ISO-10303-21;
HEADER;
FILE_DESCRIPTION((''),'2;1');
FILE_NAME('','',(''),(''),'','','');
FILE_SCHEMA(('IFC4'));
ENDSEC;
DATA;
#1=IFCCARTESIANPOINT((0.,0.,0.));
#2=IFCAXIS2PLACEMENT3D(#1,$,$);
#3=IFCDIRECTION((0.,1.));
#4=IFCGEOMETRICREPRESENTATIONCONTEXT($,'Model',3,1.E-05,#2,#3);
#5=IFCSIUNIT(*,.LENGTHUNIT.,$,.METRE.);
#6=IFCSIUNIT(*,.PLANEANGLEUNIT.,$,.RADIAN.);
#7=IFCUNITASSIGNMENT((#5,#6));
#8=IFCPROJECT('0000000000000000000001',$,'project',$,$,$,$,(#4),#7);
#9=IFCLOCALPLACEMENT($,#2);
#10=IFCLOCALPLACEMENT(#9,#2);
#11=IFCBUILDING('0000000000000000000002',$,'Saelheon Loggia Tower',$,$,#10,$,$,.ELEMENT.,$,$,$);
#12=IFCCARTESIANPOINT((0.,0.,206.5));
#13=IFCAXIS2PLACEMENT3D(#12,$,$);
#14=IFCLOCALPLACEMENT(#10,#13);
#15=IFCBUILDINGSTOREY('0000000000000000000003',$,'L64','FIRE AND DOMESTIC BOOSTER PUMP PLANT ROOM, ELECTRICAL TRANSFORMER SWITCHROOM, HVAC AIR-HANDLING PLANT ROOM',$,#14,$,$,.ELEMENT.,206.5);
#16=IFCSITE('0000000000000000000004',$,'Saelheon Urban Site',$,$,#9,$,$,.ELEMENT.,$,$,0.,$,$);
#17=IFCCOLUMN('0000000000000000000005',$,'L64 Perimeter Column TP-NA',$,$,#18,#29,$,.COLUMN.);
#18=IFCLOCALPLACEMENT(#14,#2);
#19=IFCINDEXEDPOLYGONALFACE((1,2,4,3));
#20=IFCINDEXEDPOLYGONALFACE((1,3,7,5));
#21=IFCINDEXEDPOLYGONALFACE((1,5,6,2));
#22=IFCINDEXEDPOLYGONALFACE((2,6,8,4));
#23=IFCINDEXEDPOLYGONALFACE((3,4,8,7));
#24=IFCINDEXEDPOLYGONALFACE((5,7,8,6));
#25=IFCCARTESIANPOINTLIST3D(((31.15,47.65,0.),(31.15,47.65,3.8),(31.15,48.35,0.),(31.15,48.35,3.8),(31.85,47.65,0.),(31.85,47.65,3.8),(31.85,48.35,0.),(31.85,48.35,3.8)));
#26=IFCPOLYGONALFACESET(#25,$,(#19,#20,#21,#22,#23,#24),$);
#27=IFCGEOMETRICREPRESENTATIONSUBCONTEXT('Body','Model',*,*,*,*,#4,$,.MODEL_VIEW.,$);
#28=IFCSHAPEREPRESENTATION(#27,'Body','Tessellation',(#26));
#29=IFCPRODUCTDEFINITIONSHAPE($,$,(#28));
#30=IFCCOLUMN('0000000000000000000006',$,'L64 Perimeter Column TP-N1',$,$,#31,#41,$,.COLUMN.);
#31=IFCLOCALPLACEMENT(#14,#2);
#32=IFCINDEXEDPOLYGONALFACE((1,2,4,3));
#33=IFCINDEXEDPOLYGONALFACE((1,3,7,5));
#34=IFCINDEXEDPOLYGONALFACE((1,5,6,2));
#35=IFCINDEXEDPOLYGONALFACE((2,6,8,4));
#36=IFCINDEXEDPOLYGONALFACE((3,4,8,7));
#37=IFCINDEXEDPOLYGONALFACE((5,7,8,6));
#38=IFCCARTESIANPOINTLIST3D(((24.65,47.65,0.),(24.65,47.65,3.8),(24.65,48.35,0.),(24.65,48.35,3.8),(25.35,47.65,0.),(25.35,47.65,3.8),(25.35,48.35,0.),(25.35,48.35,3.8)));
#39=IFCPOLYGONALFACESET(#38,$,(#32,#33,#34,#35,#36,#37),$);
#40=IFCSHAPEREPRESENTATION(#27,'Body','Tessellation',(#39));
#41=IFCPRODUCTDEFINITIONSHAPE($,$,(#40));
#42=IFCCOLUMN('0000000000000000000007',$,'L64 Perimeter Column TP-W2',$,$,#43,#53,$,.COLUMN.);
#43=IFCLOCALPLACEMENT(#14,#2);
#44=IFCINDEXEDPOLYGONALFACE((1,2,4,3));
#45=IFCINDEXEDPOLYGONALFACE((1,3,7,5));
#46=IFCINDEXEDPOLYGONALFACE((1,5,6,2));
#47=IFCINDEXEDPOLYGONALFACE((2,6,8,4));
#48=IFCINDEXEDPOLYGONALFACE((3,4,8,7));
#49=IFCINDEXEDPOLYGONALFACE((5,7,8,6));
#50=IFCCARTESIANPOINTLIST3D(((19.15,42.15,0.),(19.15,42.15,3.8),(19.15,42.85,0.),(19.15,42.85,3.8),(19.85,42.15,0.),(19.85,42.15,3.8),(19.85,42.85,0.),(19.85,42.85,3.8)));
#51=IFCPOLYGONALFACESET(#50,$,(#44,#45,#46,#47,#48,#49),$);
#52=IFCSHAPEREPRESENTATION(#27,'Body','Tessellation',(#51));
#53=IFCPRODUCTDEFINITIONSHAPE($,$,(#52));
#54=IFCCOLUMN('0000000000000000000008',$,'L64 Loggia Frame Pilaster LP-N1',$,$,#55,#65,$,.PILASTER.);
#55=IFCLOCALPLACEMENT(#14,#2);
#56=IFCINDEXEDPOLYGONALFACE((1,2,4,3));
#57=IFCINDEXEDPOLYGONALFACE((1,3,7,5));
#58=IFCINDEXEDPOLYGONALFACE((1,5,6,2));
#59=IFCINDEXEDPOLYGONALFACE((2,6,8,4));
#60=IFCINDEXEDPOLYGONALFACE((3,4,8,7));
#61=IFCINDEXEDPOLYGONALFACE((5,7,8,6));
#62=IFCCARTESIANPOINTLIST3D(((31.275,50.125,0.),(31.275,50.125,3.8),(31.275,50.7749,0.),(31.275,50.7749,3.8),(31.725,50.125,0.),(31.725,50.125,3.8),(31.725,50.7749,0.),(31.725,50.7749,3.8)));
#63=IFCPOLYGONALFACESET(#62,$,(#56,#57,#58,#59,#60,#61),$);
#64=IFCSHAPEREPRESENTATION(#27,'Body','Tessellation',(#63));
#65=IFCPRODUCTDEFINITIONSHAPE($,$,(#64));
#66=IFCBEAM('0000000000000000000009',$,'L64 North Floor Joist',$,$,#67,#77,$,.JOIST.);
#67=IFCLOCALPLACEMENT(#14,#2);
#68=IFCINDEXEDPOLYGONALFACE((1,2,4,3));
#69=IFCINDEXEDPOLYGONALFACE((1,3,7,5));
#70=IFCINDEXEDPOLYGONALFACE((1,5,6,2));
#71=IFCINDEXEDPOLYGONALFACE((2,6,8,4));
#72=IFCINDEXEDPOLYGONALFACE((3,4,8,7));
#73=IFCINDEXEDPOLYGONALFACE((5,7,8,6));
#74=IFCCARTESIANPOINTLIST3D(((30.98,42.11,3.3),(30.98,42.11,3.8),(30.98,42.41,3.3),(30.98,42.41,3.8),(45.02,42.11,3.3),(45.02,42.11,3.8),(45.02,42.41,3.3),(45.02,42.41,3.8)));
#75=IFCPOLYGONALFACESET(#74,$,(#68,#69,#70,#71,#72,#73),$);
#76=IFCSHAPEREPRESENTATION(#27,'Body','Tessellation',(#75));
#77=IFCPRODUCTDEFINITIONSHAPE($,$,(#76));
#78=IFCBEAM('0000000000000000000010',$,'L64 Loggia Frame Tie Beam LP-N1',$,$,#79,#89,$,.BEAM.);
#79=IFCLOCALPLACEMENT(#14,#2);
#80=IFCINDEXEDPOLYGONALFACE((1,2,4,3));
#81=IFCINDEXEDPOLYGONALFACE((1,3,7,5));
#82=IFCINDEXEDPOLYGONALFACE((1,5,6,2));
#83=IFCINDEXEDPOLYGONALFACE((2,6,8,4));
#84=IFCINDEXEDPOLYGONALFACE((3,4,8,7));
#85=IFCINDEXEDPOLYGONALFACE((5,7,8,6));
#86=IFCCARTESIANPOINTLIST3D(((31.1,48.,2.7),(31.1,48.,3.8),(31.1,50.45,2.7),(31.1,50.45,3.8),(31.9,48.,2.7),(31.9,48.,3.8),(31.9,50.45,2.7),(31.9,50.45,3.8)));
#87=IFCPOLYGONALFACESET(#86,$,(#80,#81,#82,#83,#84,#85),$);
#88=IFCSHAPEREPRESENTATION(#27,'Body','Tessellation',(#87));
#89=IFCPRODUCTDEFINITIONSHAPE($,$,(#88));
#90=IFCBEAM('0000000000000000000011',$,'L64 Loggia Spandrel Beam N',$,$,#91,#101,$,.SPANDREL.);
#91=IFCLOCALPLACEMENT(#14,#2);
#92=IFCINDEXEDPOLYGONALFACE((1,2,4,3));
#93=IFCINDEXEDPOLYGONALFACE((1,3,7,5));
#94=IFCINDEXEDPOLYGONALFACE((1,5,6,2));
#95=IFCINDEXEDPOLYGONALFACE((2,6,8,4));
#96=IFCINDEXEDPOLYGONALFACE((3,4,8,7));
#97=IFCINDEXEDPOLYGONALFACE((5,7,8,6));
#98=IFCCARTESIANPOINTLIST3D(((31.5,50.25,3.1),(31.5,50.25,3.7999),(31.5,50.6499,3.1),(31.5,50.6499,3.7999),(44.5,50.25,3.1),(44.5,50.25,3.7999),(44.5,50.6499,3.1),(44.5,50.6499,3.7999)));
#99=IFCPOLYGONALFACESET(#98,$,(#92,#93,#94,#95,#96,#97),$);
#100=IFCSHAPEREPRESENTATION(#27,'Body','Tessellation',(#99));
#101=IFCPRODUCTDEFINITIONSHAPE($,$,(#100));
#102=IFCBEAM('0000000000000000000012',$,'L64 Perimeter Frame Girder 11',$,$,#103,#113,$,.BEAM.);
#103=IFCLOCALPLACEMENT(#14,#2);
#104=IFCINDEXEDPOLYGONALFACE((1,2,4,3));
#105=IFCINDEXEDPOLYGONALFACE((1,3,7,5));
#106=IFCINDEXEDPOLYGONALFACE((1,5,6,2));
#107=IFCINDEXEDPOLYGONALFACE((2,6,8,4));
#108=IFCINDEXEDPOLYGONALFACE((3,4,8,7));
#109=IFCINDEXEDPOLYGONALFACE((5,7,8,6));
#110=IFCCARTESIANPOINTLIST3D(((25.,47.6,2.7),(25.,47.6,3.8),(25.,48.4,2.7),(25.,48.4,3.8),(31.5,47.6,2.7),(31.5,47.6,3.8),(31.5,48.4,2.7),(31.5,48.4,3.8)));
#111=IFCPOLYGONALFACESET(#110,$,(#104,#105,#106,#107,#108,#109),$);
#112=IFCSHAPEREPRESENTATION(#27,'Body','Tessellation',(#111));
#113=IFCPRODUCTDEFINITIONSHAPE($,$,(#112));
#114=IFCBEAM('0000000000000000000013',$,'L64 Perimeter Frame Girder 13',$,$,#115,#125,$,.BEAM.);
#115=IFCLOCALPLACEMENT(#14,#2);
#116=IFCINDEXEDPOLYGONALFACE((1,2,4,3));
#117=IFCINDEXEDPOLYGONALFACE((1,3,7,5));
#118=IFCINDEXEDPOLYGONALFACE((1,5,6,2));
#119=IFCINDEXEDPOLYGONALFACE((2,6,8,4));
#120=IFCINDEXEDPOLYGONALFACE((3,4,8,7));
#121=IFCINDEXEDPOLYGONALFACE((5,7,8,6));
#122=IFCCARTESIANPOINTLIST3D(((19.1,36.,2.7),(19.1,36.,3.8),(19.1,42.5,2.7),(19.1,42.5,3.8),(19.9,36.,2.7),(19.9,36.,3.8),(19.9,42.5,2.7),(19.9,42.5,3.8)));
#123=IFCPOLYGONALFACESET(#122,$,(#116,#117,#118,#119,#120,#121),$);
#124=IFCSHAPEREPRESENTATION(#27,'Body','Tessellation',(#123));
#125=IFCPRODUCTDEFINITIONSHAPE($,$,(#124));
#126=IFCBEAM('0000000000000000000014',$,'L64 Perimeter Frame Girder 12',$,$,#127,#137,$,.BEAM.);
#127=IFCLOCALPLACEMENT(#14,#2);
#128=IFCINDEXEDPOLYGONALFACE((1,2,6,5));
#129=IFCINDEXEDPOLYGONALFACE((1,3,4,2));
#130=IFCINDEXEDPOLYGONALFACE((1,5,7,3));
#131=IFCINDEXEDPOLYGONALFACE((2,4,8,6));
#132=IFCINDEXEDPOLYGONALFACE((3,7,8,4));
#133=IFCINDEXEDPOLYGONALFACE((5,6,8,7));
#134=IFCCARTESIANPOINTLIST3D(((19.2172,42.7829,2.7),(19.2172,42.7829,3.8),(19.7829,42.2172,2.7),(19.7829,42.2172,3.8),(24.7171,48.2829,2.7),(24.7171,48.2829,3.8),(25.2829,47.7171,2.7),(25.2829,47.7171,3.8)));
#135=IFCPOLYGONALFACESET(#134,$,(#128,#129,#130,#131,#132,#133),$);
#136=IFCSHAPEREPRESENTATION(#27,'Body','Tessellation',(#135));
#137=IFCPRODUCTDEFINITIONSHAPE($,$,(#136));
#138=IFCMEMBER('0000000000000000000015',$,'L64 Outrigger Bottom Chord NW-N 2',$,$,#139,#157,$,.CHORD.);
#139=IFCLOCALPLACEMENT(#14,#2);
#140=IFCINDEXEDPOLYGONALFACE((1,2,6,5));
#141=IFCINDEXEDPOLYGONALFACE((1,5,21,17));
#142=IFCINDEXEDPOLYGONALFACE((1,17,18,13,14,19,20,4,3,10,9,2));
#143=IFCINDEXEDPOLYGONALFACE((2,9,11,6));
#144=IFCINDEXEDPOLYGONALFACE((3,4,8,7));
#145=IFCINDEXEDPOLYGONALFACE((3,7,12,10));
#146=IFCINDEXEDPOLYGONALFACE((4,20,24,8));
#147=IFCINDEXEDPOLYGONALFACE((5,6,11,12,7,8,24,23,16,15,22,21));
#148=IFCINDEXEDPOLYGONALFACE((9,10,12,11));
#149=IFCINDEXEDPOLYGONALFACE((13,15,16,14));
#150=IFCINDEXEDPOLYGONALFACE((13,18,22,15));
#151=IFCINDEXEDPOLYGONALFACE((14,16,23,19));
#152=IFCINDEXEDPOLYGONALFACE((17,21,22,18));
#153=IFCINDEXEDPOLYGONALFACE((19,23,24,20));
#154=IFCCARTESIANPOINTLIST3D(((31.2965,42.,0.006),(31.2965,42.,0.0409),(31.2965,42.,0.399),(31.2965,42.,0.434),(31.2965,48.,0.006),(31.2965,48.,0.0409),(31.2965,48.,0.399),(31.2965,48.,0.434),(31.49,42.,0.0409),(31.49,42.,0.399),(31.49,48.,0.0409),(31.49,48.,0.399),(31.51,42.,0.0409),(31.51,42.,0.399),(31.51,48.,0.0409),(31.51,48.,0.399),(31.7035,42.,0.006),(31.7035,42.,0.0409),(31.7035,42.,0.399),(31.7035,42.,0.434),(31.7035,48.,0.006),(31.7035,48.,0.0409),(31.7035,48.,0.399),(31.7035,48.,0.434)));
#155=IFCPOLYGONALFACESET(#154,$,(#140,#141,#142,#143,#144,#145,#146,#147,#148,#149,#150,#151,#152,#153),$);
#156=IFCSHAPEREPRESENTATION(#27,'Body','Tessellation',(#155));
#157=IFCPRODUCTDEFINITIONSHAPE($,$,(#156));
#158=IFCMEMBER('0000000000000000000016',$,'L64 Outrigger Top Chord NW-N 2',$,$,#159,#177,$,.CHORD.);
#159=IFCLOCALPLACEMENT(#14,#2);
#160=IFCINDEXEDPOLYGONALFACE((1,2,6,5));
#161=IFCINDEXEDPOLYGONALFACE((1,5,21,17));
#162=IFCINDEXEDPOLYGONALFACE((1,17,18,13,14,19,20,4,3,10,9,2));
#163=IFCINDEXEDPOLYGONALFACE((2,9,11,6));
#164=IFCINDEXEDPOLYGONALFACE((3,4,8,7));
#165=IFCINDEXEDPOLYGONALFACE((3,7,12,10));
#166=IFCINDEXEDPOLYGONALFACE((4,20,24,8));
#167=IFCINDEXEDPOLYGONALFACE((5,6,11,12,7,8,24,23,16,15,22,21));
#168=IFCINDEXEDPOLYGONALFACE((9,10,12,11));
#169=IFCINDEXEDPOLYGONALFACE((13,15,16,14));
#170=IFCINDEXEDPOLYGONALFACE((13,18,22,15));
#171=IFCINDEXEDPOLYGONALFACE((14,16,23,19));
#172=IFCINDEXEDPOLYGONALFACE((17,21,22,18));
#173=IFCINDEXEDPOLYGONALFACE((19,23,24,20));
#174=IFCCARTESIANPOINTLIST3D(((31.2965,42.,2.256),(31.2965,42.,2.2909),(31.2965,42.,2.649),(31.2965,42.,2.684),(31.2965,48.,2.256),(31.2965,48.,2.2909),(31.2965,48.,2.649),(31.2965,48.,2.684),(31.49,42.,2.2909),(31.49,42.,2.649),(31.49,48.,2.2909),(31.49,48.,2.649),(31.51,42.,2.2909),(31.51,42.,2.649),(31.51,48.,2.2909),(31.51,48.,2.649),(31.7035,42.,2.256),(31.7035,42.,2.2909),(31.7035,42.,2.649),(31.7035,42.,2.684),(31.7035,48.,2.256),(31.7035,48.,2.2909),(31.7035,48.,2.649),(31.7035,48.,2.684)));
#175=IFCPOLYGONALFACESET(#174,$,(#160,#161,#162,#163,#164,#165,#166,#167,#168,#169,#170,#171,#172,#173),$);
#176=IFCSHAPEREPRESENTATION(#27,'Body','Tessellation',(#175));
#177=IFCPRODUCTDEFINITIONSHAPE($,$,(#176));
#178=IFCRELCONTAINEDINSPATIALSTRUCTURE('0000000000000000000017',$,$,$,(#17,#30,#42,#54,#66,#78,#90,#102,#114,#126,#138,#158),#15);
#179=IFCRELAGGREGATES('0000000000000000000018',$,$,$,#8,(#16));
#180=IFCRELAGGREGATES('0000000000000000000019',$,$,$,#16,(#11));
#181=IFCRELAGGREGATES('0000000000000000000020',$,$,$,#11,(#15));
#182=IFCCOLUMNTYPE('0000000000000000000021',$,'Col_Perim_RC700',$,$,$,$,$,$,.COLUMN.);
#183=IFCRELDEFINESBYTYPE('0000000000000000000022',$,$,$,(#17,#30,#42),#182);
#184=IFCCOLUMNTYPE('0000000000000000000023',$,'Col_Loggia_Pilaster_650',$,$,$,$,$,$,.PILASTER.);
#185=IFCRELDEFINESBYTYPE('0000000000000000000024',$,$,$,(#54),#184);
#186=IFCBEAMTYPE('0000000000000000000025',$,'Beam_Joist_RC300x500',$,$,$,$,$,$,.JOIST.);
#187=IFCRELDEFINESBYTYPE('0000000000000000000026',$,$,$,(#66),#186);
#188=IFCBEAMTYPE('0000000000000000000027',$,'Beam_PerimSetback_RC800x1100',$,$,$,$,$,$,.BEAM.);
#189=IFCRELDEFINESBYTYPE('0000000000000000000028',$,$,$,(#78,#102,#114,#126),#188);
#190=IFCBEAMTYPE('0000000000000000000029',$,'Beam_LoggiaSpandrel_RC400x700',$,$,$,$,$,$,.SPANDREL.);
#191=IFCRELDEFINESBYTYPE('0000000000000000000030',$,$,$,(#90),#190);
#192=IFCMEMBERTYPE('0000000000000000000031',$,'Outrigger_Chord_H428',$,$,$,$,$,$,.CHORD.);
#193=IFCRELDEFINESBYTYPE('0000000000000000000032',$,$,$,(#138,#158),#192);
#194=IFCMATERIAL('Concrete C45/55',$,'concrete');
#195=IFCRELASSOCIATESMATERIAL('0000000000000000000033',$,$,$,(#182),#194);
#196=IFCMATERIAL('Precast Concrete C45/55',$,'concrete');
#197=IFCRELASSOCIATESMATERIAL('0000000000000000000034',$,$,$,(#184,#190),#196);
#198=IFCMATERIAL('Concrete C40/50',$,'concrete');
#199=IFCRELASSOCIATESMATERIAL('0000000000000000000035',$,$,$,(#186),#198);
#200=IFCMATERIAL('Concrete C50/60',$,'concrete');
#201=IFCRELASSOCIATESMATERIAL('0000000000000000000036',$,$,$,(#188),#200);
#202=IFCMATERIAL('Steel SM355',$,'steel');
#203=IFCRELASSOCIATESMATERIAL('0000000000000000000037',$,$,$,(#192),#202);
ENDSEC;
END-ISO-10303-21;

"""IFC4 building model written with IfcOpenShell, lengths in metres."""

from ifc_helpers import new_model, si_unit, direction, frame, origin, origin_2d, place, context, subcontext, project, spatial, rectangle, i_section, extrude, source, transform, mapped, material, material_profile, profile_set, type_object, element, save


model = new_model("IFC4")

# Units and contexts
model_context = context("Model", 3, precision=1e-05, world=origin(), true_north=direction((0.0, 1.0)))
body_context = subcontext(model_context, "Body", "Model", "MODEL_VIEW")
ifc_project = project(units=[si_unit("LENGTHUNIT", "METRE"), si_unit("PLANEANGLEUNIT", "RADIAN")], contexts=[model_context])

# Site, building, storey
site_placement = place(None, origin())
site = spatial("IfcSite", under=ifc_project, at=site_placement, Name="Saelheon Urban Site", CompositionType="ELEMENT", RefElevation=0.0)
building_placement = place(site_placement, origin())
building = spatial("IfcBuilding", under=site, at=building_placement, Name="Saelheon Loggia Tower", CompositionType="ELEMENT")
storey_placement = place(building_placement, frame((0.0, 0.0, 206.5)))
storey = spatial("IfcBuildingStorey", under=building, at=storey_placement, Name="L64", Description="FIRE AND DOMESTIC BOOSTER PUMP PLANT ROOM, ELECTRICAL TRANSFORMER SWITCHROOM, HVAC AIR-HANDLING PLANT ROOM", CompositionType="ELEMENT", Elevation=206.5)

# Columns
ifc_material_1 = material(Name="Concrete C45/55", Category="concrete")
ifc_material_profile_1 = material_profile(ifc_material_1, rectangle(XDim=0.7, YDim=0.7, at=origin_2d()), Name="RC-700x700")
ifc_profile_set_1 = profile_set([ifc_material_profile_1], Name="Concrete C45/55")
column_type_1 = type_object("IfcColumnType", Name="Col_Perim_RC700", PredefinedType="COLUMN", material=ifc_profile_set_1)
shared_shape_1 = source(origin(), body_context, "Body", "SweptSolid", [
    extrude(rectangle(XDim=0.7, YDim=0.7, at=origin_2d()), origin(), (0.0, 0.0, 1.0), 3.8),
])
for number, where, z_axis, x_axis, name in (
    (1, (31.5, 48.0, 0.0), (0.0, 0.0, 1.0), (1.0, 0.0, 0.0), "L64 Perimeter Column TP-NA"),
    (2, (25.0, 48.0, 0.0), (0.0, 0.0, 1.0), (1.0, 0.0, 0.0), "L64 Perimeter Column TP-N1"),
    (3, (19.5, 42.5, 0.0), (0.0, 0.0, 1.0), (1.0, 0.0, 0.0), "L64 Perimeter Column TP-W2"),
):
    element("IfcColumn", number, at=place(storey_placement, frame(where, z_axis=z_axis, x_axis=x_axis)), inside=storey, type_object=column_type_1, Name=name, PredefinedType="COLUMN", context=body_context, shape_type="MappedRepresentation", body=[
        mapped(shared_shape_1, transform((0.0, 0.0, 0.0), scale=1.0)),
    ])
ifc_material_2 = material(Name="Precast Concrete C45/55", Category="concrete")
ifc_material_profile_2 = material_profile(ifc_material_2, rectangle(XDim=0.45, YDim=0.6499, at=origin_2d()), Name="RC-450x650")
ifc_profile_set_2 = profile_set([ifc_material_profile_2], Name="Precast Concrete C45/55")
column_type_2 = type_object("IfcColumnType", Name="Col_Loggia_Pilaster_650", PredefinedType="PILASTER", material=ifc_profile_set_2)
shared_shape_2 = source(origin(), body_context, "Body", "SweptSolid", [
    extrude(rectangle(XDim=0.45, YDim=0.6499, at=origin_2d()), origin(), (0.0, 0.0, 1.0), 3.8),
])
column_placement = place(storey_placement, frame((31.5, 50.45, 0.0), z_axis=(0.0, 0.0, 1.0), x_axis=(1.0, 0.0, 0.0)))
element("IfcColumn", 4, at=column_placement, inside=storey, type_object=column_type_2, Name="L64 Loggia Frame Pilaster LP-N1", PredefinedType="PILASTER", context=body_context, shape_type="MappedRepresentation", body=[
    mapped(shared_shape_2, transform((0.0, 0.0, 0.0), scale=1.0)),
])

# Beams
ifc_material_3 = material(Name="Concrete C40/50", Category="concrete")
ifc_material_profile_3 = material_profile(ifc_material_3, rectangle(XDim=0.3, YDim=0.5, at=origin_2d()), Name="RC-300x500")
ifc_profile_set_3 = profile_set([ifc_material_profile_3], Name="Concrete C40/50")
beam_type_1 = type_object("IfcBeamType", Name="Beam_Joist_RC300x500", PredefinedType="JOIST", material=ifc_profile_set_3)
shared_shape_3 = source(origin(), body_context, "Body", "SweptSolid", [
    extrude(rectangle(XDim=0.3, YDim=0.5, at=origin_2d()), origin(), (0.0, 0.0, 1.0), 14.04),
])
beam_1_placement = place(storey_placement, frame((30.98, 42.26, 3.55), z_axis=(1.0, 0.0, 0.0), x_axis=(0.0, 1.0, 0.0)))
element("IfcBeam", 5, at=beam_1_placement, inside=storey, type_object=beam_type_1, Name="L64 North Floor Joist", PredefinedType="JOIST", context=body_context, shape_type="MappedRepresentation", body=[
    mapped(shared_shape_3, transform((0.0, 0.0, 0.0), scale=1.0)),
])
ifc_material_4 = material(Name="Concrete C50/60", Category="concrete")
ifc_material_profile_4 = material_profile(ifc_material_4, rectangle(XDim=0.8, YDim=1.1001, at=origin_2d()), Name="RC-800x1100")
ifc_profile_set_4 = profile_set([ifc_material_profile_4], Name="Concrete C50/60")
beam_type_2 = type_object("IfcBeamType", Name="Beam_PerimSetback_RC800x1100", PredefinedType="BEAM", material=ifc_profile_set_4)
shared_shape_4 = source(origin(), body_context, "Body", "SweptSolid", [
    extrude(rectangle(XDim=0.8, YDim=1.1001, at=origin_2d()), origin(), (0.0, 0.0, 1.0), 2.45),
])
beam_2_placement = place(storey_placement, frame((31.5, 48.0, 3.25), z_axis=(0.0, 1.0, 0.0), x_axis=(-1.0, 0.0, 0.0)))
element("IfcBeam", 6, at=beam_2_placement, inside=storey, type_object=beam_type_2, Name="L64 Loggia Frame Tie Beam LP-N1", PredefinedType="BEAM", context=body_context, shape_type="MappedRepresentation", body=[
    mapped(shared_shape_4, transform((0.0, 0.0, 0.0), scale=1.0)),
])
ifc_material_profile_5 = material_profile(ifc_material_2, rectangle(XDim=0.3999, YDim=0.7, at=origin_2d()), Name="RC-400x700")
ifc_profile_set_5 = profile_set([ifc_material_profile_5], Name="Precast Concrete C45/55")
beam_type_3 = type_object("IfcBeamType", Name="Beam_LoggiaSpandrel_RC400x700", PredefinedType="SPANDREL", material=ifc_profile_set_5)
shared_shape_5 = source(origin(), body_context, "Body", "SweptSolid", [
    extrude(rectangle(XDim=0.3999, YDim=0.7, at=origin_2d()), origin(), (0.0, 0.0, 1.0), 13.0),
])
beam_3_placement = place(storey_placement, frame((31.5, 50.45, 3.45), z_axis=(1.0, 0.0, 0.0), x_axis=(0.0, 1.0, 0.0)))
element("IfcBeam", 7, at=beam_3_placement, inside=storey, type_object=beam_type_3, Name="L64 Loggia Spandrel Beam N", PredefinedType="SPANDREL", context=body_context, shape_type="MappedRepresentation", body=[
    mapped(shared_shape_5, transform((0.0, 0.0, 0.0), scale=1.0)),
])
shared_shape_6 = source(origin(), body_context, "Body", "SweptSolid", [
    extrude(rectangle(XDim=0.8, YDim=1.1001, at=origin_2d()), origin(), (0.0, 0.0, 1.0), 6.5),
])
for number, where, z_axis, x_axis, name in (
    (8, (31.5, 48.0, 3.25), (-1.0, 0.0, 0.0), (0.0, -1.0, 0.0), "L64 Perimeter Frame Girder 11"),
    (9, (19.5, 42.5, 3.25), (0.0, -1.0, 0.0), (1.0, 0.0, 0.0), "L64 Perimeter Frame Girder 13"),
):
    element("IfcBeam", number, at=place(storey_placement, frame(where, z_axis=z_axis, x_axis=x_axis)), inside=storey, type_object=beam_type_2, Name=name, PredefinedType="BEAM", context=body_context, shape_type="MappedRepresentation", body=[
        mapped(shared_shape_6, transform((0.0, 0.0, 0.0), scale=1.0)),
    ])
shared_shape_7 = source(origin(), body_context, "Body", "SweptSolid", [
    extrude(rectangle(XDim=0.8, YDim=1.1001, at=origin_2d()), origin(), (0.0, 0.0, 1.0), 7.7781),
])
beam_4_placement = place(storey_placement, frame((25.0, 48.0, 3.25), z_axis=(-0.707107, -0.707107, 0.0), x_axis=(0.707107, -0.707107, 0.0)))
element("IfcBeam", 10, at=beam_4_placement, inside=storey, type_object=beam_type_2, Name="L64 Perimeter Frame Girder 12", PredefinedType="BEAM", context=body_context, shape_type="MappedRepresentation", body=[
    mapped(shared_shape_7, transform((0.0, 0.0, 0.0), scale=1.0)),
])

# Members
ifc_material_5 = material(Name="Steel SM355", Category="steel")
ifc_material_profile_6 = material_profile(ifc_material_5, i_section(OverallWidth=0.407, OverallDepth=0.428, WebThickness=0.02, FlangeThickness=0.0349, at=origin_2d()), Name="H-428x407x20x35")
ifc_profile_set_6 = profile_set([ifc_material_profile_6], Name="Steel SM355")
member_type_1 = type_object("IfcMemberType", Name="Outrigger_Chord_H428", PredefinedType="CHORD", material=ifc_profile_set_6)
shared_shape_8 = source(origin(), body_context, "Body", "SweptSolid", [
    extrude(i_section(OverallWidth=0.407, OverallDepth=0.428, WebThickness=0.02, FlangeThickness=0.0349, at=origin_2d()), origin(), (0.0, 0.0, 1.0), 6.0),
])
for number, where, z_axis, x_axis, name in (
    (11, (31.5, 42.0, 0.22), (0.0, 1.0, 0.0), (-1.0, 0.0, 0.0), "L64 Outrigger Bottom Chord NW-N 2"),
    (12, (31.5, 42.0, 2.47), (0.0, 1.0, 0.0), (-1.0, 0.0, 0.0), "L64 Outrigger Top Chord NW-N 2"),
):
    element("IfcMember", number, at=place(storey_placement, frame(where, z_axis=z_axis, x_axis=x_axis)), inside=storey, type_object=member_type_1, Name=name, PredefinedType="CHORD", context=body_context, shape_type="MappedRepresentation", body=[
        mapped(shared_shape_8, transform((0.0, 0.0, 0.0), scale=1.0)),
    ])

save(model, "model.ifc")
